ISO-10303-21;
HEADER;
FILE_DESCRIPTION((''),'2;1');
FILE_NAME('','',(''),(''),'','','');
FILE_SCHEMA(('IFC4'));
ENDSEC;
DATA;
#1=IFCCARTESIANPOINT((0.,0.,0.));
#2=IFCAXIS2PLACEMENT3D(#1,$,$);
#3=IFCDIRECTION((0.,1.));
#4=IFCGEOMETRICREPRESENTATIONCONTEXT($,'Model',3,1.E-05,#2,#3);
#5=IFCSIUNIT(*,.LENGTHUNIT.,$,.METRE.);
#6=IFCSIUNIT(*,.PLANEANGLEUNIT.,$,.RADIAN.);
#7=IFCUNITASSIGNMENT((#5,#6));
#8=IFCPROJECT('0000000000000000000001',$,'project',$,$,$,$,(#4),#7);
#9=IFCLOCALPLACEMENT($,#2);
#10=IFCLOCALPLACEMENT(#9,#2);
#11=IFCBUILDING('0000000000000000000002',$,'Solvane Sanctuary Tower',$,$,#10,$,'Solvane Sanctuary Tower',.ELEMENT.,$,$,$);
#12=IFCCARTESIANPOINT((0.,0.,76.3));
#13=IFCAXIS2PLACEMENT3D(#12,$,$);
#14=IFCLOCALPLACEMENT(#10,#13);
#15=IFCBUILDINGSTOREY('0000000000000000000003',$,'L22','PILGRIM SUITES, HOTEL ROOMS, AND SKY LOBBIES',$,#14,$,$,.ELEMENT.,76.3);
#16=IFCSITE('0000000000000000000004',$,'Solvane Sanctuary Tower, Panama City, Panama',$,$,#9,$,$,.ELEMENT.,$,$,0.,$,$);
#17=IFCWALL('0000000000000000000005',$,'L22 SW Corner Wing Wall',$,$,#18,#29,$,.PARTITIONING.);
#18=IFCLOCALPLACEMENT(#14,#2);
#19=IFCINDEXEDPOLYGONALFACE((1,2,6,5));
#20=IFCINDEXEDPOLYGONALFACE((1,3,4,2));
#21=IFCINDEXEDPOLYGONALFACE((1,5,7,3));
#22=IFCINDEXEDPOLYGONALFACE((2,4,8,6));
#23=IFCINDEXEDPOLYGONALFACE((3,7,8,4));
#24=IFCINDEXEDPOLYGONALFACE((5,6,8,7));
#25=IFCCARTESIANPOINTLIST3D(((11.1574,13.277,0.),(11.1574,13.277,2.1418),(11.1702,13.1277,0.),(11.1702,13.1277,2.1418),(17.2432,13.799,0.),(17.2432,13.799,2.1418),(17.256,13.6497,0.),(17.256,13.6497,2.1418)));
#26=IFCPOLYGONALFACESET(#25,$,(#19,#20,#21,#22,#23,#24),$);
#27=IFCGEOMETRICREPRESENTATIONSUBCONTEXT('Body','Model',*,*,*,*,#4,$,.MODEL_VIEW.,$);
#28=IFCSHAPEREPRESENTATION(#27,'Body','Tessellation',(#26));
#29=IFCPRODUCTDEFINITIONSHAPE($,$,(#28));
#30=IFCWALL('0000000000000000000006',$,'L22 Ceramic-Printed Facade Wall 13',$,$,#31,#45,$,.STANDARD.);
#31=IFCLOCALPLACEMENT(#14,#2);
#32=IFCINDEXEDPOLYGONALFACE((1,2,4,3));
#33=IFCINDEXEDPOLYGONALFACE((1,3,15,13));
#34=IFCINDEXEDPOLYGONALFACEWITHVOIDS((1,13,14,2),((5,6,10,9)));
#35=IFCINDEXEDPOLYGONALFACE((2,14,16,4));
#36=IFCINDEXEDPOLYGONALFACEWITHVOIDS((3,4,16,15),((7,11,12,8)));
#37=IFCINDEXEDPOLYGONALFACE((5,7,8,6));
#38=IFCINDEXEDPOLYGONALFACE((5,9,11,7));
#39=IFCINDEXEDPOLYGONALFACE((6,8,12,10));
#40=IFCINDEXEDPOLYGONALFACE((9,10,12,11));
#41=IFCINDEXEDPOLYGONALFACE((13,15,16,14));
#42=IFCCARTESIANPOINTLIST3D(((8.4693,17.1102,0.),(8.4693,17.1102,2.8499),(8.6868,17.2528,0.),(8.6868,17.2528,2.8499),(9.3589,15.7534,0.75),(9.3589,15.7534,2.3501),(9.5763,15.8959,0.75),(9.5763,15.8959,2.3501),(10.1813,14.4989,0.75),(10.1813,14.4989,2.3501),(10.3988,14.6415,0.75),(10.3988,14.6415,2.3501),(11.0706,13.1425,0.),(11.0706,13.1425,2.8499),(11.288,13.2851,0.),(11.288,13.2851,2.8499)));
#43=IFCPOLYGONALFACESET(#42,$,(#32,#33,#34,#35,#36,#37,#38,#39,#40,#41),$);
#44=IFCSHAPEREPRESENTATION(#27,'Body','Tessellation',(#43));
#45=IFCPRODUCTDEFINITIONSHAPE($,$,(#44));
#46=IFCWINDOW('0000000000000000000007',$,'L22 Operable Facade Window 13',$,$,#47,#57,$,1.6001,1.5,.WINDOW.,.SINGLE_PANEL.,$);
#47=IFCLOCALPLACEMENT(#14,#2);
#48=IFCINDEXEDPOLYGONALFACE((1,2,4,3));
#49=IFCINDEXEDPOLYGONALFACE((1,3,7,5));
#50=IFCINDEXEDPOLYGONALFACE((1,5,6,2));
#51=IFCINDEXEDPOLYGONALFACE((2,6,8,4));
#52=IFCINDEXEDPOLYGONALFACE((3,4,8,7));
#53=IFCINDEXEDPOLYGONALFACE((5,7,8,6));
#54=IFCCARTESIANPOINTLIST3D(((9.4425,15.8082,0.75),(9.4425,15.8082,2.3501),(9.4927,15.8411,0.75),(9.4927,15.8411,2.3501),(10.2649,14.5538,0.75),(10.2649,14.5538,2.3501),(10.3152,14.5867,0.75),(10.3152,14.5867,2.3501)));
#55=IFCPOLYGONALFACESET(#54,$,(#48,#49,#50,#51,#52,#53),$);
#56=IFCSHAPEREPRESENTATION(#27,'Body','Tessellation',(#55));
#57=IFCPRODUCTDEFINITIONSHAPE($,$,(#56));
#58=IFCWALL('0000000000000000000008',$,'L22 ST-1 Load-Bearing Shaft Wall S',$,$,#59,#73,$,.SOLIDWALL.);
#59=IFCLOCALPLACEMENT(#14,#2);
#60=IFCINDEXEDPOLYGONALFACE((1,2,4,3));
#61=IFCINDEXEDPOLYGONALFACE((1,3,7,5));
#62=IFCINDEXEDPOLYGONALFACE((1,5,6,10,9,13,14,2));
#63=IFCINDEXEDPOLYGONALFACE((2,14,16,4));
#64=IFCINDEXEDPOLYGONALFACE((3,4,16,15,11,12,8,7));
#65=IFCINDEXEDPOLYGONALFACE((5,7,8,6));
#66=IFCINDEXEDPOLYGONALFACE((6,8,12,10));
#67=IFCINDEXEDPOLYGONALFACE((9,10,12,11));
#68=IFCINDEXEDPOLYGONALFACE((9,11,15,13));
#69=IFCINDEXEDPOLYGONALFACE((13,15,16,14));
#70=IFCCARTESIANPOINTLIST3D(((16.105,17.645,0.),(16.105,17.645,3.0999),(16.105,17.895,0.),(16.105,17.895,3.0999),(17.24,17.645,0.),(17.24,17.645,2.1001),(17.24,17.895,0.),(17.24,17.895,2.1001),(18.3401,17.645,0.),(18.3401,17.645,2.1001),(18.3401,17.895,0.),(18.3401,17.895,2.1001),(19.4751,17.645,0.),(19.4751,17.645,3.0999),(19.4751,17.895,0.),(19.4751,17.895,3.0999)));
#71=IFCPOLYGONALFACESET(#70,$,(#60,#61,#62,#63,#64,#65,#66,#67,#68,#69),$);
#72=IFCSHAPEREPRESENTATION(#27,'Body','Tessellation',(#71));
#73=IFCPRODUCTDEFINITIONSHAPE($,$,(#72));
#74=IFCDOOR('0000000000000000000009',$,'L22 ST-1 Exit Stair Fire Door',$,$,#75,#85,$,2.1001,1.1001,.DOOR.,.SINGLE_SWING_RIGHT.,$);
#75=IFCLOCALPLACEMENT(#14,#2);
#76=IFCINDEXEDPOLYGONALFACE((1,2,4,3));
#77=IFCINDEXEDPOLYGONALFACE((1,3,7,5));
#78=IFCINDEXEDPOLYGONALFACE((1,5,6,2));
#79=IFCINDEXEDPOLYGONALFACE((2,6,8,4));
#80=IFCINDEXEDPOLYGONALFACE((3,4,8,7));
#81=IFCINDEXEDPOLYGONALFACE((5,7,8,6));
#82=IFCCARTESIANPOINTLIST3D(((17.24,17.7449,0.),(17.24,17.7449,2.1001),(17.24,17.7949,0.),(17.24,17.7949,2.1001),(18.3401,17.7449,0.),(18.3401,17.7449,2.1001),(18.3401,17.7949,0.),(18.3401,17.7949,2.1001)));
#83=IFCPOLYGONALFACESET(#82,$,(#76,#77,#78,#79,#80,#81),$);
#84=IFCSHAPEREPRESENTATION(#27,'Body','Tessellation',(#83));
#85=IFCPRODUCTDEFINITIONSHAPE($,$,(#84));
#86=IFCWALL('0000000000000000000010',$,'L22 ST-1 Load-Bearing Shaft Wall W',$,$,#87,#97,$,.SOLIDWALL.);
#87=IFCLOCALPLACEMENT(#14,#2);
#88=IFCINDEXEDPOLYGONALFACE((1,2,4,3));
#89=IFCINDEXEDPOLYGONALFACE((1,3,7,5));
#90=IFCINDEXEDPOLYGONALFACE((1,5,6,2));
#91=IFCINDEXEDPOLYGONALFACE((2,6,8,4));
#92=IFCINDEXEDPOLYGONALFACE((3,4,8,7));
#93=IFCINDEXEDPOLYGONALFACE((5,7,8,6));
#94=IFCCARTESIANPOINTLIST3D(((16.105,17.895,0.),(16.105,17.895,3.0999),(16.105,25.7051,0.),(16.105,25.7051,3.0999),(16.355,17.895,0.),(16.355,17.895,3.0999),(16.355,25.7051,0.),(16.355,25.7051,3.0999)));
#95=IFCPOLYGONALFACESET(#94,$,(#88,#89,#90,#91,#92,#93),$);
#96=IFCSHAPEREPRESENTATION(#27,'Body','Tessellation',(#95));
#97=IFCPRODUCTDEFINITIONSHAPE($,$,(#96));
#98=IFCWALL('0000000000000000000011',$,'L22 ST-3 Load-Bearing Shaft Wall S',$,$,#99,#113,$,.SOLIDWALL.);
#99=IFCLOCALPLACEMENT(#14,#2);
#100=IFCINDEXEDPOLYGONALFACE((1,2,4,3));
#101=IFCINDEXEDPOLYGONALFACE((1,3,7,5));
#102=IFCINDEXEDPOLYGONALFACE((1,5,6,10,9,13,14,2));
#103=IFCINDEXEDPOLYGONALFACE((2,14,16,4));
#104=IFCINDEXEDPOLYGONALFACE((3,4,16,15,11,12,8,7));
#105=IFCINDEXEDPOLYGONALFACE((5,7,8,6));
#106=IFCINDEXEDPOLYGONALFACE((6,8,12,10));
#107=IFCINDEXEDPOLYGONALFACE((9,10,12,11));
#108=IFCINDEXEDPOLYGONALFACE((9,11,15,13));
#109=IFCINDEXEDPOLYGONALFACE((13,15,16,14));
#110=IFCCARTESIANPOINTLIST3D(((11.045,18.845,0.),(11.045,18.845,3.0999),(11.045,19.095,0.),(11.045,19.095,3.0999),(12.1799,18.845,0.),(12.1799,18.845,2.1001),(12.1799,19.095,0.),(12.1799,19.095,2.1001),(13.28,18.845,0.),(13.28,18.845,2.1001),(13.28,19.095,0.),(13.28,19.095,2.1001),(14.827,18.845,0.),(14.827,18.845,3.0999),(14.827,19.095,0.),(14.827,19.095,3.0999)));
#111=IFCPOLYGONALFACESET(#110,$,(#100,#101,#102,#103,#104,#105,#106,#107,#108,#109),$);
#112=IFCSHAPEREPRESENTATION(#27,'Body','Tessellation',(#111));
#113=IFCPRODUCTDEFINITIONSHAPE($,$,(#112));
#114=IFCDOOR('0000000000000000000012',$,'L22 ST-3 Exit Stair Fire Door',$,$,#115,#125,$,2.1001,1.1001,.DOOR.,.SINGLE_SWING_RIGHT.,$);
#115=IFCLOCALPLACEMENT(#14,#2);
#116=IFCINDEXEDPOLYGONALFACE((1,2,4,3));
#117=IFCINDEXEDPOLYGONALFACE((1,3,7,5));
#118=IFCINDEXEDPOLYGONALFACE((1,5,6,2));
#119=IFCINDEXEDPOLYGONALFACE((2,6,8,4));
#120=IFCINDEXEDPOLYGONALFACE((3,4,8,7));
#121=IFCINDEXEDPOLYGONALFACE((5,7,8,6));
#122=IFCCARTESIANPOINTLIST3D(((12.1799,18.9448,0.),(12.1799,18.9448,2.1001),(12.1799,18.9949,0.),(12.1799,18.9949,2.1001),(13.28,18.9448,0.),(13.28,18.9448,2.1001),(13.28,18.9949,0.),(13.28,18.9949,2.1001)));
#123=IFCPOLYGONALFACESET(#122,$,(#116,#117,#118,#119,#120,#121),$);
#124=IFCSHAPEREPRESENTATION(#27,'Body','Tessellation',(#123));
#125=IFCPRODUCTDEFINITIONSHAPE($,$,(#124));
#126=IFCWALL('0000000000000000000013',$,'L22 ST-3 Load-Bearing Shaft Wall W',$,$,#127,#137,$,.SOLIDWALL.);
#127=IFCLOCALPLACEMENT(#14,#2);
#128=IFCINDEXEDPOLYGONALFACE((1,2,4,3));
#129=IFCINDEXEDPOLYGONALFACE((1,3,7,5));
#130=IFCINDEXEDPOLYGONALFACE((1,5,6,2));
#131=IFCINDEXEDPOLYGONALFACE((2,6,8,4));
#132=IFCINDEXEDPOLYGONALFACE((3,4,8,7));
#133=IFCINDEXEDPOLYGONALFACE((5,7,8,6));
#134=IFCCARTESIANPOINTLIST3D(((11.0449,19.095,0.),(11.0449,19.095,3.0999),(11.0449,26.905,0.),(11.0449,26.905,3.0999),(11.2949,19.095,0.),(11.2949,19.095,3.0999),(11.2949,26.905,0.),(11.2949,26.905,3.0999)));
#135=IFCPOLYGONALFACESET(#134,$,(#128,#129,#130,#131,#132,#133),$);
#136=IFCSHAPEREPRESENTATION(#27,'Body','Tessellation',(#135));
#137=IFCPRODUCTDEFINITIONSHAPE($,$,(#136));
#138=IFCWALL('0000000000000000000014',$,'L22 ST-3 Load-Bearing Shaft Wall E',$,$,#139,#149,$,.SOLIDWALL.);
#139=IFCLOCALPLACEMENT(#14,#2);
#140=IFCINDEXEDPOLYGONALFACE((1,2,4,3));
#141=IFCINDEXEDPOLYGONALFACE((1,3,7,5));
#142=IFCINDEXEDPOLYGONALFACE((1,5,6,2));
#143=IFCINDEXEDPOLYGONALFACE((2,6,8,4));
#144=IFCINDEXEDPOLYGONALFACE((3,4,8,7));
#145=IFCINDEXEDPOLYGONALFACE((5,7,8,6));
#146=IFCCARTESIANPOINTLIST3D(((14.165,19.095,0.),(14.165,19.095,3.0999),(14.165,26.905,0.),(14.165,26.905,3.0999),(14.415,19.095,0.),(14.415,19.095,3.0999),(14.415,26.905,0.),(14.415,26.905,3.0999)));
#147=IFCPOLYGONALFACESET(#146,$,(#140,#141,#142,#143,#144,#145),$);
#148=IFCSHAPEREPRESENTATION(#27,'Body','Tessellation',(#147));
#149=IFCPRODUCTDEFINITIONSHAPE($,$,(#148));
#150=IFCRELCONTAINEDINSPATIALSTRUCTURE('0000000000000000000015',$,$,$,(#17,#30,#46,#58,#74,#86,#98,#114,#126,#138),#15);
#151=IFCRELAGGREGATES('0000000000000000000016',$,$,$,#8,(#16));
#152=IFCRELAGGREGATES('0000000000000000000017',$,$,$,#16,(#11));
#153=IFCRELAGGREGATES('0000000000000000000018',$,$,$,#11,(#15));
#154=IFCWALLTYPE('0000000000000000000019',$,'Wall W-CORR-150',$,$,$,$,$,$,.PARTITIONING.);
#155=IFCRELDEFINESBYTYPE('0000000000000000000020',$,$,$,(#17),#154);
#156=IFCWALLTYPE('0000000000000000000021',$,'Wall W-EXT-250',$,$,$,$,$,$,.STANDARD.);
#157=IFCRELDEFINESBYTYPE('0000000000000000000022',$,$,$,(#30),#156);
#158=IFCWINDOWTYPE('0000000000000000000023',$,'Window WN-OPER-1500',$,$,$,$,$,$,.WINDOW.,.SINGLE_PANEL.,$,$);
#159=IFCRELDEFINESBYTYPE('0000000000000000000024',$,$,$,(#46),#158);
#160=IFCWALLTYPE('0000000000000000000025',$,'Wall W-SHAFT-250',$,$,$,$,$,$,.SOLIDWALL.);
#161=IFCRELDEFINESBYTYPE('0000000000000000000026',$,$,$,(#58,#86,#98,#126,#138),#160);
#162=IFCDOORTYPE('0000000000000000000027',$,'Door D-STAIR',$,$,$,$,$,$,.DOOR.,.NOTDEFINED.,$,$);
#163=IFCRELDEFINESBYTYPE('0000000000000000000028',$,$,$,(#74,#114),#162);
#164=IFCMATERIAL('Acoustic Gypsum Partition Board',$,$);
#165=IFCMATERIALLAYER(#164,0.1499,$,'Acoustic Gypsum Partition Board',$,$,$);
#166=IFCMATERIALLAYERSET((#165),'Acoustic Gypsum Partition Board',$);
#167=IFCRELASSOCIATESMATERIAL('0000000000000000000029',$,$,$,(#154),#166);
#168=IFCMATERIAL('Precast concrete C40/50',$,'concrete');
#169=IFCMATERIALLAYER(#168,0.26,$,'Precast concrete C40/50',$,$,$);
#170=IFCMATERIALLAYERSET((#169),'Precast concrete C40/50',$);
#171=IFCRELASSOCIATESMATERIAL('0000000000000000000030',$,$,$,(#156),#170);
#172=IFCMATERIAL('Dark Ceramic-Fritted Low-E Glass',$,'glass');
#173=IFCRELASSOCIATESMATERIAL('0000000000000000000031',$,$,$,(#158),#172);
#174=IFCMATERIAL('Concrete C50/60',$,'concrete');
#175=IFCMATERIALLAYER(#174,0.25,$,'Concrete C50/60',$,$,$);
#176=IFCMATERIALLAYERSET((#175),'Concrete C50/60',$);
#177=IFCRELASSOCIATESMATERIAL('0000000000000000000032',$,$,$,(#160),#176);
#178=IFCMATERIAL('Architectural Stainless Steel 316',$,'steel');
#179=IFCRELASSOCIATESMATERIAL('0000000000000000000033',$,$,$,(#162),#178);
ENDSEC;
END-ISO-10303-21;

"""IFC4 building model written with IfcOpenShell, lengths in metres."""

from ifc_helpers import new_model, si_unit, direction, frame, frame_2d, origin, place, context, subcontext, project, spatial, rectangle, extrude, material, layer, layer_set, type_object, element, fill, save


model = new_model("IFC4")

# Units and contexts
model_context = context("Model", 3, precision=1e-05, world=origin(), true_north=direction((0.0, 1.0)))
body_context = subcontext(model_context, "Body", "Model", "MODEL_VIEW")
ifc_project = project(units=[si_unit("LENGTHUNIT", "METRE"), si_unit("PLANEANGLEUNIT", "RADIAN")], contexts=[model_context])

# Site, building, storey
site_placement = place(None, origin())
site = spatial("IfcSite", under=ifc_project, at=site_placement, Name="Solvane Sanctuary Tower, Panama City, Panama", CompositionType="ELEMENT", RefElevation=0.0)
building_placement = place(site_placement, origin())
building = spatial("IfcBuilding", under=site, at=building_placement, Name="Solvane Sanctuary Tower", LongName="Solvane Sanctuary Tower", CompositionType="ELEMENT")
storey_placement = place(building_placement, frame((0.0, 0.0, 76.3)))
storey = spatial("IfcBuildingStorey", under=building, at=storey_placement, Name="L22", Description="PILGRIM SUITES, HOTEL ROOMS, AND SKY LOBBIES", CompositionType="ELEMENT", Elevation=76.3)

# Shared definitions
ifc_material_1 = material(Name="Acoustic Gypsum Partition Board")
ifc_layer_1 = layer(ifc_material_1, 0.1499, Name="Acoustic Gypsum Partition Board")
ifc_layer_set_1 = layer_set([ifc_layer_1], Name="Acoustic Gypsum Partition Board")
wall_type_1 = type_object("IfcWallType", Name="Wall W-CORR-150", PredefinedType="PARTITIONING", material=ifc_layer_set_1)

# Wall
wall_1_placement = place(storey_placement, frame((17.2498, 13.7244, 0.0), z_axis=(0.0, 0.0, 1.0), x_axis=(-0.996342, -0.085457, 0.0)))
element("IfcWall", 1, at=wall_1_placement, inside=storey, type_object=wall_type_1, Name="L22 SW Corner Wing Wall", PredefinedType="PARTITIONING", context=body_context, shape_type="SweptSolid", body=[
    extrude(rectangle(XDim=6.1082, YDim=0.1499, at=frame_2d((3.0542, 0.0))), origin(), (0.0, 0.0, 1.0), 2.1418),
])

# Wall, opening, window
ifc_material_2 = material(Name="Precast concrete C40/50", Category="concrete")
ifc_layer_2 = layer(ifc_material_2, 0.26, Name="Precast concrete C40/50")
ifc_layer_set_2 = layer_set([ifc_layer_2], Name="Precast concrete C40/50")
wall_type_2 = type_object("IfcWallType", Name="Wall W-EXT-250", PredefinedType="STANDARD", material=ifc_layer_set_2)
wall_2_placement = place(storey_placement, frame((8.5781, 17.1814, 0.0), z_axis=(0.0, 0.0, 1.0), x_axis=(0.548283, -0.836293, 0.0)))
wall_2 = element("IfcWall", 2, at=wall_2_placement, inside=storey, type_object=wall_type_2, Name="L22 Ceramic-Printed Facade Wall 13", PredefinedType="STANDARD", context=body_context, shape_type="SweptSolid", body=[
    extrude(rectangle(XDim=4.7444, YDim=0.26, at=frame_2d((2.3721, 0.0))), origin(), (0.0, 0.0, 1.0), 2.8499),
])
opening_1_placement = place(wall_2_placement, frame((1.6223, 0.0, 0.75)))
opening_1 = element("IfcOpeningElement", 3, at=opening_1_placement, cuts=wall_2, PredefinedType="OPENING", context=body_context, shape_type="SweptSolid", body=[
    extrude(rectangle(XDim=1.5, YDim=1.6001, at=frame_2d((0.75, 0.8))), frame((0.0, 0.1399, 0.0), z_axis=(0.0, -1.0, 0.0), x_axis=(1.0, 0.0, 0.0)), (0.0, 0.0, 1.0), 0.28),
])
ifc_material_3 = material(Name="Dark Ceramic-Fritted Low-E Glass", Category="glass")
window_type = type_object("IfcWindowType", Name="Window WN-OPER-1500", PartitioningType="SINGLE_PANEL", PredefinedType="WINDOW", material=ifc_material_3)
window_placement = place(opening_1_placement, origin())
window = element("IfcWindow", 4, at=window_placement, inside=storey, type_object=window_type, Name="L22 Operable Facade Window 13", OverallHeight=1.6001, OverallWidth=1.5, PartitioningType="SINGLE_PANEL", PredefinedType="WINDOW", context=body_context, shape_type="SweptSolid", body=[
    extrude(rectangle(XDim=1.5, YDim=1.6001, at=frame_2d((0.75, 0.8))), frame((0.0, 0.03, 0.0), z_axis=(0.0, -1.0, 0.0), x_axis=(1.0, 0.0, 0.0)), (0.0, 0.0, 1.0), 0.0601),
])
fill(opening_1, window)

# Wall, opening, door
ifc_material_4 = material(Name="Concrete C50/60", Category="concrete")
ifc_layer_3 = layer(ifc_material_4, 0.25, Name="Concrete C50/60")
ifc_layer_set_3 = layer_set([ifc_layer_3], Name="Concrete C50/60")
wall_type_3 = type_object("IfcWallType", Name="Wall W-SHAFT-250", PredefinedType="SOLIDWALL", material=ifc_layer_set_3)
wall_3_placement = place(storey_placement, frame((16.105, 17.77, 0.0), z_axis=(0.0, 0.0, 1.0), x_axis=(1.0, 0.0, 0.0)))
wall_3 = element("IfcWall", 5, at=wall_3_placement, inside=storey, type_object=wall_type_3, Name="L22 ST-1 Load-Bearing Shaft Wall S", PredefinedType="SOLIDWALL", context=body_context, shape_type="SweptSolid", body=[
    extrude(rectangle(XDim=3.3701, YDim=0.25, at=frame_2d((1.6851, 0.0))), origin(), (0.0, 0.0, 1.0), 3.0999),
])
opening_2_placement = place(wall_3_placement, frame((1.135, 0.0, 0.0)))
opening_2 = element("IfcOpeningElement", 6, at=opening_2_placement, cuts=wall_3, PredefinedType="OPENING", context=body_context, shape_type="SweptSolid", body=[
    extrude(rectangle(XDim=1.1001, YDim=2.1001, at=frame_2d((0.55, 1.05))), frame((0.0, 0.135, 0.0), z_axis=(0.0, -1.0, 0.0), x_axis=(1.0, 0.0, 0.0)), (0.0, 0.0, 1.0), 0.27),
])
ifc_material_5 = material(Name="Architectural Stainless Steel 316", Category="steel")
door_type_1 = type_object("IfcDoorType", Name="Door D-STAIR", OperationType="NOTDEFINED", PredefinedType="DOOR", material=ifc_material_5)
door_1_placement = place(opening_2_placement, origin())
door_1 = element("IfcDoor", 7, at=door_1_placement, inside=storey, type_object=door_type_1, Name="L22 ST-1 Exit Stair Fire Door", OperationType="SINGLE_SWING_RIGHT", OverallHeight=2.1001, OverallWidth=1.1001, PredefinedType="DOOR", context=body_context, shape_type="SweptSolid", body=[
    extrude(rectangle(XDim=1.1001, YDim=2.1001, at=frame_2d((0.55, 1.05))), frame((0.0, 0.0249, 0.0), z_axis=(0.0, -1.0, 0.0), x_axis=(1.0, 0.0, 0.0)), (0.0, 0.0, 1.0), 0.05),
])
fill(opening_2, door_1)

# Wall
wall_4_placement = place(storey_placement, frame((16.23, 17.895, 0.0), z_axis=(0.0, 0.0, 1.0), x_axis=(0.0, 1.0, 0.0)))
element("IfcWall", 8, at=wall_4_placement, inside=storey, type_object=wall_type_3, Name="L22 ST-1 Load-Bearing Shaft Wall W", PredefinedType="SOLIDWALL", context=body_context, shape_type="SweptSolid", body=[
    extrude(rectangle(XDim=7.8101, YDim=0.25, at=frame_2d((3.905, 0.0))), origin(), (0.0, 0.0, 1.0), 3.0999),
])

# Wall, opening, door
wall_5_placement = place(storey_placement, frame((11.0449, 18.97, 0.0), z_axis=(0.0, 0.0, 1.0), x_axis=(1.0, 0.0, 0.0)))
wall_5 = element("IfcWall", 9, at=wall_5_placement, inside=storey, type_object=wall_type_3, Name="L22 ST-3 Load-Bearing Shaft Wall S", PredefinedType="SOLIDWALL", context=body_context, shape_type="SweptSolid", body=[
    extrude(rectangle(XDim=3.782, YDim=0.25, at=frame_2d((1.8911, 0.0))), origin(), (0.0, 0.0, 1.0), 3.0999),
])
opening_3_placement = place(wall_5_placement, frame((1.135, 0.0, 0.0)))
opening_3 = element("IfcOpeningElement", 10, at=opening_3_placement, cuts=wall_5, PredefinedType="OPENING", context=body_context, shape_type="SweptSolid", body=[
    extrude(rectangle(XDim=1.1001, YDim=2.1001, at=frame_2d((0.55, 1.05))), frame((0.0, 0.135, 0.0), z_axis=(0.0, -1.0, 0.0), x_axis=(1.0, 0.0, 0.0)), (0.0, 0.0, 1.0), 0.27),
])
door_2_placement = place(opening_3_placement, origin())
door_2 = element("IfcDoor", 11, at=door_2_placement, inside=storey, type_object=door_type_1, Name="L22 ST-3 Exit Stair Fire Door", OperationType="SINGLE_SWING_RIGHT", OverallHeight=2.1001, OverallWidth=1.1001, PredefinedType="DOOR", context=body_context, shape_type="SweptSolid", body=[
    extrude(rectangle(XDim=1.1001, YDim=2.1001, at=frame_2d((0.55, 1.05))), frame((0.0, 0.0249, 0.0), z_axis=(0.0, -1.0, 0.0), x_axis=(1.0, 0.0, 0.0)), (0.0, 0.0, 1.0), 0.05),
])
fill(opening_3, door_2)

# Walls
for number, where, z_axis, x_axis, name in (
    (12, (11.1699, 19.095, 0.0), (0.0, 0.0, 1.0), (0.0, 1.0, 0.0), "L22 ST-3 Load-Bearing Shaft Wall W"),
    (13, (14.29, 19.095, 0.0), (0.0, 0.0, 1.0), (0.0, 1.0, 0.0), "L22 ST-3 Load-Bearing Shaft Wall E"),
):
    element("IfcWall", number, at=place(storey_placement, frame(where, z_axis=z_axis, x_axis=x_axis)), inside=storey, type_object=wall_type_3, Name=name, PredefinedType="SOLIDWALL", context=body_context, shape_type="SweptSolid", body=[
        extrude(rectangle(XDim=7.8101, YDim=0.25, at=frame_2d((3.905, 0.0))), origin(), (0.0, 0.0, 1.0), 3.0999),
    ])

save(model, "model.ifc")
